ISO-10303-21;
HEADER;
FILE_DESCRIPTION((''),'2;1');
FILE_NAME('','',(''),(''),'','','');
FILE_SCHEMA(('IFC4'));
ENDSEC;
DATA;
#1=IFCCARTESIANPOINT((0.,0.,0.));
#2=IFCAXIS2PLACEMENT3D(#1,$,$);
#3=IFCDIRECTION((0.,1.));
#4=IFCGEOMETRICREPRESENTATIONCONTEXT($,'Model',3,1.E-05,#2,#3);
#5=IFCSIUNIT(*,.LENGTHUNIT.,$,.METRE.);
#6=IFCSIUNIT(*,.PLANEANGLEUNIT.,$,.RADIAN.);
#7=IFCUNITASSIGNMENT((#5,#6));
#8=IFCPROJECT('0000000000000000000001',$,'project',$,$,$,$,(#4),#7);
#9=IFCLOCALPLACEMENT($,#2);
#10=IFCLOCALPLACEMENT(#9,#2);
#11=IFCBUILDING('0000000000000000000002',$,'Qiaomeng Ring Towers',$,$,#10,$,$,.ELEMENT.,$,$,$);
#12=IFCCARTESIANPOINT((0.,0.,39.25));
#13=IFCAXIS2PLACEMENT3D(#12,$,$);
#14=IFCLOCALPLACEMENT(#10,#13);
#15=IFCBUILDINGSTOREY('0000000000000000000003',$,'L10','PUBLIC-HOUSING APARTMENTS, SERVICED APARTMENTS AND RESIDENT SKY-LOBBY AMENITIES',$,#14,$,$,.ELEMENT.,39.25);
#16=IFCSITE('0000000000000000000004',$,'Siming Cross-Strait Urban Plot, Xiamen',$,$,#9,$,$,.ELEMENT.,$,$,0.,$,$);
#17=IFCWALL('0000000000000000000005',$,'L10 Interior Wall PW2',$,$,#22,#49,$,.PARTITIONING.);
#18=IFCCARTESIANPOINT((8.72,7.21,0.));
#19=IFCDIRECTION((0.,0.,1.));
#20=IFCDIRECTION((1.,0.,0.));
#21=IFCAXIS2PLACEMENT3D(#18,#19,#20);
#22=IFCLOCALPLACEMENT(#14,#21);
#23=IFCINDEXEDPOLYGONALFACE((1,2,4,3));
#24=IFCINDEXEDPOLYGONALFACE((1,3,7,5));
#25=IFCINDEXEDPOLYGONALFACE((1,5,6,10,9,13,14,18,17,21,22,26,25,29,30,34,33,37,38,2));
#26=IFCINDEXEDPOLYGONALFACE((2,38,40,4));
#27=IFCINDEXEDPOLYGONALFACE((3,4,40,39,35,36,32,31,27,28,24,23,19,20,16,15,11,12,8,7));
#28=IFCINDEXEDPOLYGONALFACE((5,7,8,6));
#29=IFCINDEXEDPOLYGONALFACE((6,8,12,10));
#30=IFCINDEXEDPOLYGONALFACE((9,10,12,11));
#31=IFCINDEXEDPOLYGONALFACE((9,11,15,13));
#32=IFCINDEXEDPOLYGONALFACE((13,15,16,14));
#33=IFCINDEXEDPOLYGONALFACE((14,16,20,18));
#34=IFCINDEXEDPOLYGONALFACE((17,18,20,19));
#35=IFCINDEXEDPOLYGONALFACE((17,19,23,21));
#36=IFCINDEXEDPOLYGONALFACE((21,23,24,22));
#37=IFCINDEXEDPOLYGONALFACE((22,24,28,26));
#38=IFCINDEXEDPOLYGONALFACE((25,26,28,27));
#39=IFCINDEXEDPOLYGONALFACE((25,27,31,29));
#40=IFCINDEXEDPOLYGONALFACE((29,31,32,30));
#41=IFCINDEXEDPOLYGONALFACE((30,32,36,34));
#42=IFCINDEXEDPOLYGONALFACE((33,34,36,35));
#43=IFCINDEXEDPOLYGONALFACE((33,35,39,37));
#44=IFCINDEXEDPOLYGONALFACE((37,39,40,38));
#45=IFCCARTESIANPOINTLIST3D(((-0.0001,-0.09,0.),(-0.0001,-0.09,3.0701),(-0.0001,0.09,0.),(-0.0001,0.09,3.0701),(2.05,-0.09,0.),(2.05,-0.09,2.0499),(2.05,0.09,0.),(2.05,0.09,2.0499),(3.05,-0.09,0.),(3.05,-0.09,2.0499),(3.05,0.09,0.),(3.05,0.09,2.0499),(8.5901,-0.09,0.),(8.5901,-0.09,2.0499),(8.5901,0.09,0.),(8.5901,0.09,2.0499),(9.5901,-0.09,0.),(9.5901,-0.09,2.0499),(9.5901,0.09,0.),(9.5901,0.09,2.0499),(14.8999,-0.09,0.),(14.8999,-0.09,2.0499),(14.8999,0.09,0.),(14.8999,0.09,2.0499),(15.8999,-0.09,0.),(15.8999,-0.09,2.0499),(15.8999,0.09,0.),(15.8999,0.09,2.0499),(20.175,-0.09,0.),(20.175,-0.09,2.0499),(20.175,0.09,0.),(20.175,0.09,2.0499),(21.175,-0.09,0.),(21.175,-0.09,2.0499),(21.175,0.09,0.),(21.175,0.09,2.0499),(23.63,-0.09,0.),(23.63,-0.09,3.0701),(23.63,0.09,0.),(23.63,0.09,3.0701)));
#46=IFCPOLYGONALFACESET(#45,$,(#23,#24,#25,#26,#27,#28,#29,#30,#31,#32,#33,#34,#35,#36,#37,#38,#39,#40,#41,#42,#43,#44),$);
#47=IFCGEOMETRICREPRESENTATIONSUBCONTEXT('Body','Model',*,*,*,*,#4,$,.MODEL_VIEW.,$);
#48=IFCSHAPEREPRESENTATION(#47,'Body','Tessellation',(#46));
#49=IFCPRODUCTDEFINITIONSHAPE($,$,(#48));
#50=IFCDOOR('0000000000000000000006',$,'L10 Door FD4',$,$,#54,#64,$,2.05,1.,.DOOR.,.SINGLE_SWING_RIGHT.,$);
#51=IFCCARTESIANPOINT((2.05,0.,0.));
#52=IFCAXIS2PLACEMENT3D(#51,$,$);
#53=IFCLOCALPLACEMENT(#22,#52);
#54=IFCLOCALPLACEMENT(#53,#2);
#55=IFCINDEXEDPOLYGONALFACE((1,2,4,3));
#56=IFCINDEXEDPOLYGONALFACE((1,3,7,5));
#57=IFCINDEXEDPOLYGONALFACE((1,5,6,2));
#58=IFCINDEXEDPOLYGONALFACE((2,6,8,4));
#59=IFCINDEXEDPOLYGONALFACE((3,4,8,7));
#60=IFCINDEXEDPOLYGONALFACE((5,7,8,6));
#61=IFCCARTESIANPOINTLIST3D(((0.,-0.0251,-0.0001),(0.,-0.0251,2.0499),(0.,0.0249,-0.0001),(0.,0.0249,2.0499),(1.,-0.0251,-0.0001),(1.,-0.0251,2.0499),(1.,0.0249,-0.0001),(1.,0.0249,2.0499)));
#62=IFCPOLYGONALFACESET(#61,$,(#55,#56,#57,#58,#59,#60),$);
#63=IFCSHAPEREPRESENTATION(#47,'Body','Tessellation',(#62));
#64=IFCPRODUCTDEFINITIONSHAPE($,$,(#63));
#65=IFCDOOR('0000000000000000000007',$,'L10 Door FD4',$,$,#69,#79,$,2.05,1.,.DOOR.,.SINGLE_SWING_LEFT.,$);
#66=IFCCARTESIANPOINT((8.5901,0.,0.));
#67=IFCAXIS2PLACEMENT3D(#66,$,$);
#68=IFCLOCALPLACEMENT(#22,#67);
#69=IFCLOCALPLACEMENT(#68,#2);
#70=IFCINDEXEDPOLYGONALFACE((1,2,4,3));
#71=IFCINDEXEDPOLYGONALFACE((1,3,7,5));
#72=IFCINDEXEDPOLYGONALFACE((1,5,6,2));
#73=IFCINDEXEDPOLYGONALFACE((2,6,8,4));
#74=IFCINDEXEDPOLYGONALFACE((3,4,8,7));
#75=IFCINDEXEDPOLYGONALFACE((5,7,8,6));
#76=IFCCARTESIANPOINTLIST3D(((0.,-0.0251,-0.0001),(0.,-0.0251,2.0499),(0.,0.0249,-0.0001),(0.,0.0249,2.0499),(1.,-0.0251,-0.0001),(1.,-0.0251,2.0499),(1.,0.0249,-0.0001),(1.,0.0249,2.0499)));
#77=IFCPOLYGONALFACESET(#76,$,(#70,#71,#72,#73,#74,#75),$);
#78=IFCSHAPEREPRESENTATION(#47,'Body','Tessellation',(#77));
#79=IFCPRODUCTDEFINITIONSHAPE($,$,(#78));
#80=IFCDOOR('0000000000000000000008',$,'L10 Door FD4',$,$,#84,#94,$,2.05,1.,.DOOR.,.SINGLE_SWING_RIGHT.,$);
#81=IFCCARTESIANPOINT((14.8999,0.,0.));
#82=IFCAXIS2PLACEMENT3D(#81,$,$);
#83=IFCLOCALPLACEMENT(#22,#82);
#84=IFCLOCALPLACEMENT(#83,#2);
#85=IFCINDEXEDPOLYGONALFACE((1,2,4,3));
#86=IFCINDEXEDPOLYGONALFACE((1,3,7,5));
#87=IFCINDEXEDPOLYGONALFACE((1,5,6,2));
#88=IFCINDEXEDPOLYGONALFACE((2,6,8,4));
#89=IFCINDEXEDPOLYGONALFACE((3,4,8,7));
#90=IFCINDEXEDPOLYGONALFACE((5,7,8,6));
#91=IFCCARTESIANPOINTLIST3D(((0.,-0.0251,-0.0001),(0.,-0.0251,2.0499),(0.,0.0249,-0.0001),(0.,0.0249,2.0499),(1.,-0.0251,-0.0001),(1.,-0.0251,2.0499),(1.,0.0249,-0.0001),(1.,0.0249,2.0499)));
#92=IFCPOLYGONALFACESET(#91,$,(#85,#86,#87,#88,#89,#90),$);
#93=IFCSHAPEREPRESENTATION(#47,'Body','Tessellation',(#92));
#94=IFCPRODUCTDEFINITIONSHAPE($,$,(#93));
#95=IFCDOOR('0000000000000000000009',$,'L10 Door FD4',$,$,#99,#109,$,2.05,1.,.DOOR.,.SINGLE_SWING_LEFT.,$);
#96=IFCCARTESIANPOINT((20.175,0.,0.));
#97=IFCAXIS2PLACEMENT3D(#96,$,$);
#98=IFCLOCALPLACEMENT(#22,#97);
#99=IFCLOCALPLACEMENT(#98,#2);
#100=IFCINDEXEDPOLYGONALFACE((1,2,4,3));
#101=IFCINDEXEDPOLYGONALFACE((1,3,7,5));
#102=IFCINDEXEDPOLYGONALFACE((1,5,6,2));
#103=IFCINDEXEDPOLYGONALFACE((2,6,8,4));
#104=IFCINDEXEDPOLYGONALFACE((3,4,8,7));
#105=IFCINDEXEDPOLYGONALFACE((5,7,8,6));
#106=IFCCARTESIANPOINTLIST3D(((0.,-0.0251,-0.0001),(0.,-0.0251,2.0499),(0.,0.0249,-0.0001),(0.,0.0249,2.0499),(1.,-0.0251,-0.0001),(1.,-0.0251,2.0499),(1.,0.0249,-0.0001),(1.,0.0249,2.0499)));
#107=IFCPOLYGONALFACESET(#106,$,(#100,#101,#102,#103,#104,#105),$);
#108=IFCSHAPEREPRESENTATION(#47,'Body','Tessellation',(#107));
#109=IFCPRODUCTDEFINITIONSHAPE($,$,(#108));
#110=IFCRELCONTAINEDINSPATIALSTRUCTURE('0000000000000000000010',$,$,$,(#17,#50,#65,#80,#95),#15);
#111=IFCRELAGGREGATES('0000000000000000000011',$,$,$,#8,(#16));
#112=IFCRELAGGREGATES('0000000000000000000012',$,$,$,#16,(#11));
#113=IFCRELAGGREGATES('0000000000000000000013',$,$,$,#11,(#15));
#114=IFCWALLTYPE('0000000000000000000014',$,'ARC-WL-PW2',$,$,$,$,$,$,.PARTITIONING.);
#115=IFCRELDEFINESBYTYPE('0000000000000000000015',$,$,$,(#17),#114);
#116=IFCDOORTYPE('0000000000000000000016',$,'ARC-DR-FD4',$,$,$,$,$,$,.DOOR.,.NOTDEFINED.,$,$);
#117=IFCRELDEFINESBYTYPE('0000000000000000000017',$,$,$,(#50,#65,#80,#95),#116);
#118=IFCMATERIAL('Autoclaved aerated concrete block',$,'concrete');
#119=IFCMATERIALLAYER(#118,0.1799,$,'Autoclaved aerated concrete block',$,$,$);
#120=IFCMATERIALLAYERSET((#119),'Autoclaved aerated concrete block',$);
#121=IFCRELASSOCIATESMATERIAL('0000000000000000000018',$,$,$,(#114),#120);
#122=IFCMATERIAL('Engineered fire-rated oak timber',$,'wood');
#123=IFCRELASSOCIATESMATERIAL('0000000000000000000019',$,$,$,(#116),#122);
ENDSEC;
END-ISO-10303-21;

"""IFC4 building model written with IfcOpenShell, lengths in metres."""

from ifc_helpers import new_model, si_unit, direction, frame, frame_2d, origin, place, context, subcontext, project, spatial, rectangle, extrude, source, transform, mapped, material, layer, layer_set, type_object, element, fill, save


model = new_model("IFC4")

# Units and contexts
model_context = context("Model", 3, precision=1e-05, world=origin(), true_north=direction((0.0, 1.0)))
body_context = subcontext(model_context, "Body", "Model", "MODEL_VIEW")
ifc_project = project(units=[si_unit("LENGTHUNIT", "METRE"), si_unit("PLANEANGLEUNIT", "RADIAN")], contexts=[model_context])

# Site, building, storey
site_placement = place(None, origin())
site = spatial("IfcSite", under=ifc_project, at=site_placement, Name="Siming Cross-Strait Urban Plot, Xiamen", CompositionType="ELEMENT", RefElevation=0.0)
building_placement = place(site_placement, origin())
building = spatial("IfcBuilding", under=site, at=building_placement, Name="Qiaomeng Ring Towers", CompositionType="ELEMENT")
storey_placement = place(building_placement, frame((0.0, 0.0, 39.25)))
storey = spatial("IfcBuildingStorey", under=building, at=storey_placement, Name="L10", Description="PUBLIC-HOUSING APARTMENTS, SERVICED APARTMENTS AND RESIDENT SKY-LOBBY AMENITIES", CompositionType="ELEMENT", Elevation=39.25)

# Wall, openings, doors
ifc_material_1 = material(Name="Autoclaved aerated concrete block", Category="concrete")
ifc_layer_1 = layer(ifc_material_1, 0.1799, Name="Autoclaved aerated concrete block")
ifc_layer_set_1 = layer_set([ifc_layer_1], Name="Autoclaved aerated concrete block")
wall_type_1 = type_object("IfcWallType", Name="ARC-WL-PW2", PredefinedType="PARTITIONING", material=ifc_layer_set_1)
wall_1_placement = place(storey_placement, frame((8.72, 7.21, 0.0), z_axis=(0.0, 0.0, 1.0), x_axis=(1.0, 0.0, 0.0)))
wall_1 = element("IfcWall", 1, at=wall_1_placement, inside=storey, type_object=wall_type_1, Name="L10 Interior Wall PW2", PredefinedType="PARTITIONING", context=body_context, shape_type="SweptSolid", body=[
    extrude(rectangle(XDim=23.6301, YDim=0.1799, at=frame_2d((11.8149, 0.0))), origin(), (0.0, 0.0, 1.0), 3.0701),
])
opening_1_placement = place(wall_1_placement, frame((2.05, 0.0, 0.0)))
opening_1 = element("IfcOpeningElement", 2, at=opening_1_placement, cuts=wall_1, PredefinedType="OPENING", context=body_context, shape_type="SweptSolid", body=[
    extrude(rectangle(XDim=1.0, YDim=2.05, at=frame_2d((0.5, 1.0249))), frame((0.0, 0.0999, 0.0), z_axis=(0.0, -1.0, 0.0), x_axis=(1.0, 0.0, 0.0)), (0.0, 0.0, 1.0), 0.2),
])
opening_2_placement = place(wall_1_placement, frame((8.5901, 0.0, 0.0)))
opening_2 = element("IfcOpeningElement", 3, at=opening_2_placement, cuts=wall_1, PredefinedType="OPENING", context=body_context, shape_type="SweptSolid", body=[
    extrude(rectangle(XDim=1.0, YDim=2.05, at=frame_2d((0.5, 1.0249))), frame((0.0, 0.0999, 0.0), z_axis=(0.0, -1.0, 0.0), x_axis=(1.0, 0.0, 0.0)), (0.0, 0.0, 1.0), 0.2),
])
opening_3_placement = place(wall_1_placement, frame((14.8999, 0.0, 0.0)))
opening_3 = element("IfcOpeningElement", 4, at=opening_3_placement, cuts=wall_1, PredefinedType="OPENING", context=body_context, shape_type="SweptSolid", body=[
    extrude(rectangle(XDim=1.0, YDim=2.05, at=frame_2d((0.5, 1.0249))), frame((0.0, 0.0999, 0.0), z_axis=(0.0, -1.0, 0.0), x_axis=(1.0, 0.0, 0.0)), (0.0, 0.0, 1.0), 0.2),
])
opening_4_placement = place(wall_1_placement, frame((20.175, 0.0, 0.0)))
opening_4 = element("IfcOpeningElement", 5, at=opening_4_placement, cuts=wall_1, PredefinedType="OPENING", context=body_context, shape_type="SweptSolid", body=[
    extrude(rectangle(XDim=1.0, YDim=2.05, at=frame_2d((0.5, 1.0249))), frame((0.0, 0.0999, 0.0), z_axis=(0.0, -1.0, 0.0), x_axis=(1.0, 0.0, 0.0)), (0.0, 0.0, 1.0), 0.2),
])
ifc_material_2 = material(Name="Engineered fire-rated oak timber", Category="wood")
door_type_1 = type_object("IfcDoorType", Name="ARC-DR-FD4", OperationType="NOTDEFINED", PredefinedType="DOOR", material=ifc_material_2)
shared_shape_1 = source(origin(), body_context, "Body", "SweptSolid", [
    extrude(rectangle(XDim=1.0, YDim=2.05, at=frame_2d((0.5, 1.0249))), frame((0.0, 0.0249, 0.0), z_axis=(0.0, -1.0, 0.0), x_axis=(1.0, 0.0, 0.0)), (0.0, 0.0, 1.0), 0.05),
])
door_1_placement = place(opening_1_placement, origin())
door_1 = element("IfcDoor", 6, at=door_1_placement, inside=storey, type_object=door_type_1, Name="L10 Door FD4", OperationType="SINGLE_SWING_RIGHT", OverallHeight=2.05, OverallWidth=1.0, PredefinedType="DOOR", context=body_context, shape_type="MappedRepresentation", body=[
    mapped(shared_shape_1, transform((0.0, 0.0, 0.0), x_axis=(1.0, 0.0, 0.0), y_axis=(0.0, 1.0, 0.0), z_axis=(0.0, 0.0, 1.0), scale=1.0)),
])
fill(opening_1, door_1)
door_2_placement = place(opening_2_placement, origin())
door_2 = element("IfcDoor", 7, at=door_2_placement, inside=storey, type_object=door_type_1, Name="L10 Door FD4", OperationType="SINGLE_SWING_LEFT", OverallHeight=2.05, OverallWidth=1.0, PredefinedType="DOOR", context=body_context, shape_type="MappedRepresentation", body=[
    mapped(shared_shape_1, transform((0.0, 0.0, 0.0), x_axis=(1.0, 0.0, 0.0), y_axis=(0.0, 1.0, 0.0), z_axis=(0.0, 0.0, 1.0), scale=1.0)),
])
fill(opening_2, door_2)
door_3_placement = place(opening_3_placement, origin())
door_3 = element("IfcDoor", 8, at=door_3_placement, inside=storey, type_object=door_type_1, Name="L10 Door FD4", OperationType="SINGLE_SWING_RIGHT", OverallHeight=2.05, OverallWidth=1.0, PredefinedType="DOOR", context=body_context, shape_type="MappedRepresentation", body=[
    mapped(shared_shape_1, transform((0.0, 0.0, 0.0), x_axis=(1.0, 0.0, 0.0), y_axis=(0.0, 1.0, 0.0), z_axis=(0.0, 0.0, 1.0), scale=1.0)),
])
fill(opening_3, door_3)
door_4_placement = place(opening_4_placement, origin())
door_4 = element("IfcDoor", 9, at=door_4_placement, inside=storey, type_object=door_type_1, Name="L10 Door FD4", OperationType="SINGLE_SWING_LEFT", OverallHeight=2.05, OverallWidth=1.0, PredefinedType="DOOR", context=body_context, shape_type="MappedRepresentation", body=[
    mapped(shared_shape_1, transform((0.0, 0.0, 0.0), x_axis=(1.0, 0.0, 0.0), y_axis=(0.0, 1.0, 0.0), z_axis=(0.0, 0.0, 1.0), scale=1.0)),
])
fill(opening_4, door_4)

save(model, "model.ifc")
